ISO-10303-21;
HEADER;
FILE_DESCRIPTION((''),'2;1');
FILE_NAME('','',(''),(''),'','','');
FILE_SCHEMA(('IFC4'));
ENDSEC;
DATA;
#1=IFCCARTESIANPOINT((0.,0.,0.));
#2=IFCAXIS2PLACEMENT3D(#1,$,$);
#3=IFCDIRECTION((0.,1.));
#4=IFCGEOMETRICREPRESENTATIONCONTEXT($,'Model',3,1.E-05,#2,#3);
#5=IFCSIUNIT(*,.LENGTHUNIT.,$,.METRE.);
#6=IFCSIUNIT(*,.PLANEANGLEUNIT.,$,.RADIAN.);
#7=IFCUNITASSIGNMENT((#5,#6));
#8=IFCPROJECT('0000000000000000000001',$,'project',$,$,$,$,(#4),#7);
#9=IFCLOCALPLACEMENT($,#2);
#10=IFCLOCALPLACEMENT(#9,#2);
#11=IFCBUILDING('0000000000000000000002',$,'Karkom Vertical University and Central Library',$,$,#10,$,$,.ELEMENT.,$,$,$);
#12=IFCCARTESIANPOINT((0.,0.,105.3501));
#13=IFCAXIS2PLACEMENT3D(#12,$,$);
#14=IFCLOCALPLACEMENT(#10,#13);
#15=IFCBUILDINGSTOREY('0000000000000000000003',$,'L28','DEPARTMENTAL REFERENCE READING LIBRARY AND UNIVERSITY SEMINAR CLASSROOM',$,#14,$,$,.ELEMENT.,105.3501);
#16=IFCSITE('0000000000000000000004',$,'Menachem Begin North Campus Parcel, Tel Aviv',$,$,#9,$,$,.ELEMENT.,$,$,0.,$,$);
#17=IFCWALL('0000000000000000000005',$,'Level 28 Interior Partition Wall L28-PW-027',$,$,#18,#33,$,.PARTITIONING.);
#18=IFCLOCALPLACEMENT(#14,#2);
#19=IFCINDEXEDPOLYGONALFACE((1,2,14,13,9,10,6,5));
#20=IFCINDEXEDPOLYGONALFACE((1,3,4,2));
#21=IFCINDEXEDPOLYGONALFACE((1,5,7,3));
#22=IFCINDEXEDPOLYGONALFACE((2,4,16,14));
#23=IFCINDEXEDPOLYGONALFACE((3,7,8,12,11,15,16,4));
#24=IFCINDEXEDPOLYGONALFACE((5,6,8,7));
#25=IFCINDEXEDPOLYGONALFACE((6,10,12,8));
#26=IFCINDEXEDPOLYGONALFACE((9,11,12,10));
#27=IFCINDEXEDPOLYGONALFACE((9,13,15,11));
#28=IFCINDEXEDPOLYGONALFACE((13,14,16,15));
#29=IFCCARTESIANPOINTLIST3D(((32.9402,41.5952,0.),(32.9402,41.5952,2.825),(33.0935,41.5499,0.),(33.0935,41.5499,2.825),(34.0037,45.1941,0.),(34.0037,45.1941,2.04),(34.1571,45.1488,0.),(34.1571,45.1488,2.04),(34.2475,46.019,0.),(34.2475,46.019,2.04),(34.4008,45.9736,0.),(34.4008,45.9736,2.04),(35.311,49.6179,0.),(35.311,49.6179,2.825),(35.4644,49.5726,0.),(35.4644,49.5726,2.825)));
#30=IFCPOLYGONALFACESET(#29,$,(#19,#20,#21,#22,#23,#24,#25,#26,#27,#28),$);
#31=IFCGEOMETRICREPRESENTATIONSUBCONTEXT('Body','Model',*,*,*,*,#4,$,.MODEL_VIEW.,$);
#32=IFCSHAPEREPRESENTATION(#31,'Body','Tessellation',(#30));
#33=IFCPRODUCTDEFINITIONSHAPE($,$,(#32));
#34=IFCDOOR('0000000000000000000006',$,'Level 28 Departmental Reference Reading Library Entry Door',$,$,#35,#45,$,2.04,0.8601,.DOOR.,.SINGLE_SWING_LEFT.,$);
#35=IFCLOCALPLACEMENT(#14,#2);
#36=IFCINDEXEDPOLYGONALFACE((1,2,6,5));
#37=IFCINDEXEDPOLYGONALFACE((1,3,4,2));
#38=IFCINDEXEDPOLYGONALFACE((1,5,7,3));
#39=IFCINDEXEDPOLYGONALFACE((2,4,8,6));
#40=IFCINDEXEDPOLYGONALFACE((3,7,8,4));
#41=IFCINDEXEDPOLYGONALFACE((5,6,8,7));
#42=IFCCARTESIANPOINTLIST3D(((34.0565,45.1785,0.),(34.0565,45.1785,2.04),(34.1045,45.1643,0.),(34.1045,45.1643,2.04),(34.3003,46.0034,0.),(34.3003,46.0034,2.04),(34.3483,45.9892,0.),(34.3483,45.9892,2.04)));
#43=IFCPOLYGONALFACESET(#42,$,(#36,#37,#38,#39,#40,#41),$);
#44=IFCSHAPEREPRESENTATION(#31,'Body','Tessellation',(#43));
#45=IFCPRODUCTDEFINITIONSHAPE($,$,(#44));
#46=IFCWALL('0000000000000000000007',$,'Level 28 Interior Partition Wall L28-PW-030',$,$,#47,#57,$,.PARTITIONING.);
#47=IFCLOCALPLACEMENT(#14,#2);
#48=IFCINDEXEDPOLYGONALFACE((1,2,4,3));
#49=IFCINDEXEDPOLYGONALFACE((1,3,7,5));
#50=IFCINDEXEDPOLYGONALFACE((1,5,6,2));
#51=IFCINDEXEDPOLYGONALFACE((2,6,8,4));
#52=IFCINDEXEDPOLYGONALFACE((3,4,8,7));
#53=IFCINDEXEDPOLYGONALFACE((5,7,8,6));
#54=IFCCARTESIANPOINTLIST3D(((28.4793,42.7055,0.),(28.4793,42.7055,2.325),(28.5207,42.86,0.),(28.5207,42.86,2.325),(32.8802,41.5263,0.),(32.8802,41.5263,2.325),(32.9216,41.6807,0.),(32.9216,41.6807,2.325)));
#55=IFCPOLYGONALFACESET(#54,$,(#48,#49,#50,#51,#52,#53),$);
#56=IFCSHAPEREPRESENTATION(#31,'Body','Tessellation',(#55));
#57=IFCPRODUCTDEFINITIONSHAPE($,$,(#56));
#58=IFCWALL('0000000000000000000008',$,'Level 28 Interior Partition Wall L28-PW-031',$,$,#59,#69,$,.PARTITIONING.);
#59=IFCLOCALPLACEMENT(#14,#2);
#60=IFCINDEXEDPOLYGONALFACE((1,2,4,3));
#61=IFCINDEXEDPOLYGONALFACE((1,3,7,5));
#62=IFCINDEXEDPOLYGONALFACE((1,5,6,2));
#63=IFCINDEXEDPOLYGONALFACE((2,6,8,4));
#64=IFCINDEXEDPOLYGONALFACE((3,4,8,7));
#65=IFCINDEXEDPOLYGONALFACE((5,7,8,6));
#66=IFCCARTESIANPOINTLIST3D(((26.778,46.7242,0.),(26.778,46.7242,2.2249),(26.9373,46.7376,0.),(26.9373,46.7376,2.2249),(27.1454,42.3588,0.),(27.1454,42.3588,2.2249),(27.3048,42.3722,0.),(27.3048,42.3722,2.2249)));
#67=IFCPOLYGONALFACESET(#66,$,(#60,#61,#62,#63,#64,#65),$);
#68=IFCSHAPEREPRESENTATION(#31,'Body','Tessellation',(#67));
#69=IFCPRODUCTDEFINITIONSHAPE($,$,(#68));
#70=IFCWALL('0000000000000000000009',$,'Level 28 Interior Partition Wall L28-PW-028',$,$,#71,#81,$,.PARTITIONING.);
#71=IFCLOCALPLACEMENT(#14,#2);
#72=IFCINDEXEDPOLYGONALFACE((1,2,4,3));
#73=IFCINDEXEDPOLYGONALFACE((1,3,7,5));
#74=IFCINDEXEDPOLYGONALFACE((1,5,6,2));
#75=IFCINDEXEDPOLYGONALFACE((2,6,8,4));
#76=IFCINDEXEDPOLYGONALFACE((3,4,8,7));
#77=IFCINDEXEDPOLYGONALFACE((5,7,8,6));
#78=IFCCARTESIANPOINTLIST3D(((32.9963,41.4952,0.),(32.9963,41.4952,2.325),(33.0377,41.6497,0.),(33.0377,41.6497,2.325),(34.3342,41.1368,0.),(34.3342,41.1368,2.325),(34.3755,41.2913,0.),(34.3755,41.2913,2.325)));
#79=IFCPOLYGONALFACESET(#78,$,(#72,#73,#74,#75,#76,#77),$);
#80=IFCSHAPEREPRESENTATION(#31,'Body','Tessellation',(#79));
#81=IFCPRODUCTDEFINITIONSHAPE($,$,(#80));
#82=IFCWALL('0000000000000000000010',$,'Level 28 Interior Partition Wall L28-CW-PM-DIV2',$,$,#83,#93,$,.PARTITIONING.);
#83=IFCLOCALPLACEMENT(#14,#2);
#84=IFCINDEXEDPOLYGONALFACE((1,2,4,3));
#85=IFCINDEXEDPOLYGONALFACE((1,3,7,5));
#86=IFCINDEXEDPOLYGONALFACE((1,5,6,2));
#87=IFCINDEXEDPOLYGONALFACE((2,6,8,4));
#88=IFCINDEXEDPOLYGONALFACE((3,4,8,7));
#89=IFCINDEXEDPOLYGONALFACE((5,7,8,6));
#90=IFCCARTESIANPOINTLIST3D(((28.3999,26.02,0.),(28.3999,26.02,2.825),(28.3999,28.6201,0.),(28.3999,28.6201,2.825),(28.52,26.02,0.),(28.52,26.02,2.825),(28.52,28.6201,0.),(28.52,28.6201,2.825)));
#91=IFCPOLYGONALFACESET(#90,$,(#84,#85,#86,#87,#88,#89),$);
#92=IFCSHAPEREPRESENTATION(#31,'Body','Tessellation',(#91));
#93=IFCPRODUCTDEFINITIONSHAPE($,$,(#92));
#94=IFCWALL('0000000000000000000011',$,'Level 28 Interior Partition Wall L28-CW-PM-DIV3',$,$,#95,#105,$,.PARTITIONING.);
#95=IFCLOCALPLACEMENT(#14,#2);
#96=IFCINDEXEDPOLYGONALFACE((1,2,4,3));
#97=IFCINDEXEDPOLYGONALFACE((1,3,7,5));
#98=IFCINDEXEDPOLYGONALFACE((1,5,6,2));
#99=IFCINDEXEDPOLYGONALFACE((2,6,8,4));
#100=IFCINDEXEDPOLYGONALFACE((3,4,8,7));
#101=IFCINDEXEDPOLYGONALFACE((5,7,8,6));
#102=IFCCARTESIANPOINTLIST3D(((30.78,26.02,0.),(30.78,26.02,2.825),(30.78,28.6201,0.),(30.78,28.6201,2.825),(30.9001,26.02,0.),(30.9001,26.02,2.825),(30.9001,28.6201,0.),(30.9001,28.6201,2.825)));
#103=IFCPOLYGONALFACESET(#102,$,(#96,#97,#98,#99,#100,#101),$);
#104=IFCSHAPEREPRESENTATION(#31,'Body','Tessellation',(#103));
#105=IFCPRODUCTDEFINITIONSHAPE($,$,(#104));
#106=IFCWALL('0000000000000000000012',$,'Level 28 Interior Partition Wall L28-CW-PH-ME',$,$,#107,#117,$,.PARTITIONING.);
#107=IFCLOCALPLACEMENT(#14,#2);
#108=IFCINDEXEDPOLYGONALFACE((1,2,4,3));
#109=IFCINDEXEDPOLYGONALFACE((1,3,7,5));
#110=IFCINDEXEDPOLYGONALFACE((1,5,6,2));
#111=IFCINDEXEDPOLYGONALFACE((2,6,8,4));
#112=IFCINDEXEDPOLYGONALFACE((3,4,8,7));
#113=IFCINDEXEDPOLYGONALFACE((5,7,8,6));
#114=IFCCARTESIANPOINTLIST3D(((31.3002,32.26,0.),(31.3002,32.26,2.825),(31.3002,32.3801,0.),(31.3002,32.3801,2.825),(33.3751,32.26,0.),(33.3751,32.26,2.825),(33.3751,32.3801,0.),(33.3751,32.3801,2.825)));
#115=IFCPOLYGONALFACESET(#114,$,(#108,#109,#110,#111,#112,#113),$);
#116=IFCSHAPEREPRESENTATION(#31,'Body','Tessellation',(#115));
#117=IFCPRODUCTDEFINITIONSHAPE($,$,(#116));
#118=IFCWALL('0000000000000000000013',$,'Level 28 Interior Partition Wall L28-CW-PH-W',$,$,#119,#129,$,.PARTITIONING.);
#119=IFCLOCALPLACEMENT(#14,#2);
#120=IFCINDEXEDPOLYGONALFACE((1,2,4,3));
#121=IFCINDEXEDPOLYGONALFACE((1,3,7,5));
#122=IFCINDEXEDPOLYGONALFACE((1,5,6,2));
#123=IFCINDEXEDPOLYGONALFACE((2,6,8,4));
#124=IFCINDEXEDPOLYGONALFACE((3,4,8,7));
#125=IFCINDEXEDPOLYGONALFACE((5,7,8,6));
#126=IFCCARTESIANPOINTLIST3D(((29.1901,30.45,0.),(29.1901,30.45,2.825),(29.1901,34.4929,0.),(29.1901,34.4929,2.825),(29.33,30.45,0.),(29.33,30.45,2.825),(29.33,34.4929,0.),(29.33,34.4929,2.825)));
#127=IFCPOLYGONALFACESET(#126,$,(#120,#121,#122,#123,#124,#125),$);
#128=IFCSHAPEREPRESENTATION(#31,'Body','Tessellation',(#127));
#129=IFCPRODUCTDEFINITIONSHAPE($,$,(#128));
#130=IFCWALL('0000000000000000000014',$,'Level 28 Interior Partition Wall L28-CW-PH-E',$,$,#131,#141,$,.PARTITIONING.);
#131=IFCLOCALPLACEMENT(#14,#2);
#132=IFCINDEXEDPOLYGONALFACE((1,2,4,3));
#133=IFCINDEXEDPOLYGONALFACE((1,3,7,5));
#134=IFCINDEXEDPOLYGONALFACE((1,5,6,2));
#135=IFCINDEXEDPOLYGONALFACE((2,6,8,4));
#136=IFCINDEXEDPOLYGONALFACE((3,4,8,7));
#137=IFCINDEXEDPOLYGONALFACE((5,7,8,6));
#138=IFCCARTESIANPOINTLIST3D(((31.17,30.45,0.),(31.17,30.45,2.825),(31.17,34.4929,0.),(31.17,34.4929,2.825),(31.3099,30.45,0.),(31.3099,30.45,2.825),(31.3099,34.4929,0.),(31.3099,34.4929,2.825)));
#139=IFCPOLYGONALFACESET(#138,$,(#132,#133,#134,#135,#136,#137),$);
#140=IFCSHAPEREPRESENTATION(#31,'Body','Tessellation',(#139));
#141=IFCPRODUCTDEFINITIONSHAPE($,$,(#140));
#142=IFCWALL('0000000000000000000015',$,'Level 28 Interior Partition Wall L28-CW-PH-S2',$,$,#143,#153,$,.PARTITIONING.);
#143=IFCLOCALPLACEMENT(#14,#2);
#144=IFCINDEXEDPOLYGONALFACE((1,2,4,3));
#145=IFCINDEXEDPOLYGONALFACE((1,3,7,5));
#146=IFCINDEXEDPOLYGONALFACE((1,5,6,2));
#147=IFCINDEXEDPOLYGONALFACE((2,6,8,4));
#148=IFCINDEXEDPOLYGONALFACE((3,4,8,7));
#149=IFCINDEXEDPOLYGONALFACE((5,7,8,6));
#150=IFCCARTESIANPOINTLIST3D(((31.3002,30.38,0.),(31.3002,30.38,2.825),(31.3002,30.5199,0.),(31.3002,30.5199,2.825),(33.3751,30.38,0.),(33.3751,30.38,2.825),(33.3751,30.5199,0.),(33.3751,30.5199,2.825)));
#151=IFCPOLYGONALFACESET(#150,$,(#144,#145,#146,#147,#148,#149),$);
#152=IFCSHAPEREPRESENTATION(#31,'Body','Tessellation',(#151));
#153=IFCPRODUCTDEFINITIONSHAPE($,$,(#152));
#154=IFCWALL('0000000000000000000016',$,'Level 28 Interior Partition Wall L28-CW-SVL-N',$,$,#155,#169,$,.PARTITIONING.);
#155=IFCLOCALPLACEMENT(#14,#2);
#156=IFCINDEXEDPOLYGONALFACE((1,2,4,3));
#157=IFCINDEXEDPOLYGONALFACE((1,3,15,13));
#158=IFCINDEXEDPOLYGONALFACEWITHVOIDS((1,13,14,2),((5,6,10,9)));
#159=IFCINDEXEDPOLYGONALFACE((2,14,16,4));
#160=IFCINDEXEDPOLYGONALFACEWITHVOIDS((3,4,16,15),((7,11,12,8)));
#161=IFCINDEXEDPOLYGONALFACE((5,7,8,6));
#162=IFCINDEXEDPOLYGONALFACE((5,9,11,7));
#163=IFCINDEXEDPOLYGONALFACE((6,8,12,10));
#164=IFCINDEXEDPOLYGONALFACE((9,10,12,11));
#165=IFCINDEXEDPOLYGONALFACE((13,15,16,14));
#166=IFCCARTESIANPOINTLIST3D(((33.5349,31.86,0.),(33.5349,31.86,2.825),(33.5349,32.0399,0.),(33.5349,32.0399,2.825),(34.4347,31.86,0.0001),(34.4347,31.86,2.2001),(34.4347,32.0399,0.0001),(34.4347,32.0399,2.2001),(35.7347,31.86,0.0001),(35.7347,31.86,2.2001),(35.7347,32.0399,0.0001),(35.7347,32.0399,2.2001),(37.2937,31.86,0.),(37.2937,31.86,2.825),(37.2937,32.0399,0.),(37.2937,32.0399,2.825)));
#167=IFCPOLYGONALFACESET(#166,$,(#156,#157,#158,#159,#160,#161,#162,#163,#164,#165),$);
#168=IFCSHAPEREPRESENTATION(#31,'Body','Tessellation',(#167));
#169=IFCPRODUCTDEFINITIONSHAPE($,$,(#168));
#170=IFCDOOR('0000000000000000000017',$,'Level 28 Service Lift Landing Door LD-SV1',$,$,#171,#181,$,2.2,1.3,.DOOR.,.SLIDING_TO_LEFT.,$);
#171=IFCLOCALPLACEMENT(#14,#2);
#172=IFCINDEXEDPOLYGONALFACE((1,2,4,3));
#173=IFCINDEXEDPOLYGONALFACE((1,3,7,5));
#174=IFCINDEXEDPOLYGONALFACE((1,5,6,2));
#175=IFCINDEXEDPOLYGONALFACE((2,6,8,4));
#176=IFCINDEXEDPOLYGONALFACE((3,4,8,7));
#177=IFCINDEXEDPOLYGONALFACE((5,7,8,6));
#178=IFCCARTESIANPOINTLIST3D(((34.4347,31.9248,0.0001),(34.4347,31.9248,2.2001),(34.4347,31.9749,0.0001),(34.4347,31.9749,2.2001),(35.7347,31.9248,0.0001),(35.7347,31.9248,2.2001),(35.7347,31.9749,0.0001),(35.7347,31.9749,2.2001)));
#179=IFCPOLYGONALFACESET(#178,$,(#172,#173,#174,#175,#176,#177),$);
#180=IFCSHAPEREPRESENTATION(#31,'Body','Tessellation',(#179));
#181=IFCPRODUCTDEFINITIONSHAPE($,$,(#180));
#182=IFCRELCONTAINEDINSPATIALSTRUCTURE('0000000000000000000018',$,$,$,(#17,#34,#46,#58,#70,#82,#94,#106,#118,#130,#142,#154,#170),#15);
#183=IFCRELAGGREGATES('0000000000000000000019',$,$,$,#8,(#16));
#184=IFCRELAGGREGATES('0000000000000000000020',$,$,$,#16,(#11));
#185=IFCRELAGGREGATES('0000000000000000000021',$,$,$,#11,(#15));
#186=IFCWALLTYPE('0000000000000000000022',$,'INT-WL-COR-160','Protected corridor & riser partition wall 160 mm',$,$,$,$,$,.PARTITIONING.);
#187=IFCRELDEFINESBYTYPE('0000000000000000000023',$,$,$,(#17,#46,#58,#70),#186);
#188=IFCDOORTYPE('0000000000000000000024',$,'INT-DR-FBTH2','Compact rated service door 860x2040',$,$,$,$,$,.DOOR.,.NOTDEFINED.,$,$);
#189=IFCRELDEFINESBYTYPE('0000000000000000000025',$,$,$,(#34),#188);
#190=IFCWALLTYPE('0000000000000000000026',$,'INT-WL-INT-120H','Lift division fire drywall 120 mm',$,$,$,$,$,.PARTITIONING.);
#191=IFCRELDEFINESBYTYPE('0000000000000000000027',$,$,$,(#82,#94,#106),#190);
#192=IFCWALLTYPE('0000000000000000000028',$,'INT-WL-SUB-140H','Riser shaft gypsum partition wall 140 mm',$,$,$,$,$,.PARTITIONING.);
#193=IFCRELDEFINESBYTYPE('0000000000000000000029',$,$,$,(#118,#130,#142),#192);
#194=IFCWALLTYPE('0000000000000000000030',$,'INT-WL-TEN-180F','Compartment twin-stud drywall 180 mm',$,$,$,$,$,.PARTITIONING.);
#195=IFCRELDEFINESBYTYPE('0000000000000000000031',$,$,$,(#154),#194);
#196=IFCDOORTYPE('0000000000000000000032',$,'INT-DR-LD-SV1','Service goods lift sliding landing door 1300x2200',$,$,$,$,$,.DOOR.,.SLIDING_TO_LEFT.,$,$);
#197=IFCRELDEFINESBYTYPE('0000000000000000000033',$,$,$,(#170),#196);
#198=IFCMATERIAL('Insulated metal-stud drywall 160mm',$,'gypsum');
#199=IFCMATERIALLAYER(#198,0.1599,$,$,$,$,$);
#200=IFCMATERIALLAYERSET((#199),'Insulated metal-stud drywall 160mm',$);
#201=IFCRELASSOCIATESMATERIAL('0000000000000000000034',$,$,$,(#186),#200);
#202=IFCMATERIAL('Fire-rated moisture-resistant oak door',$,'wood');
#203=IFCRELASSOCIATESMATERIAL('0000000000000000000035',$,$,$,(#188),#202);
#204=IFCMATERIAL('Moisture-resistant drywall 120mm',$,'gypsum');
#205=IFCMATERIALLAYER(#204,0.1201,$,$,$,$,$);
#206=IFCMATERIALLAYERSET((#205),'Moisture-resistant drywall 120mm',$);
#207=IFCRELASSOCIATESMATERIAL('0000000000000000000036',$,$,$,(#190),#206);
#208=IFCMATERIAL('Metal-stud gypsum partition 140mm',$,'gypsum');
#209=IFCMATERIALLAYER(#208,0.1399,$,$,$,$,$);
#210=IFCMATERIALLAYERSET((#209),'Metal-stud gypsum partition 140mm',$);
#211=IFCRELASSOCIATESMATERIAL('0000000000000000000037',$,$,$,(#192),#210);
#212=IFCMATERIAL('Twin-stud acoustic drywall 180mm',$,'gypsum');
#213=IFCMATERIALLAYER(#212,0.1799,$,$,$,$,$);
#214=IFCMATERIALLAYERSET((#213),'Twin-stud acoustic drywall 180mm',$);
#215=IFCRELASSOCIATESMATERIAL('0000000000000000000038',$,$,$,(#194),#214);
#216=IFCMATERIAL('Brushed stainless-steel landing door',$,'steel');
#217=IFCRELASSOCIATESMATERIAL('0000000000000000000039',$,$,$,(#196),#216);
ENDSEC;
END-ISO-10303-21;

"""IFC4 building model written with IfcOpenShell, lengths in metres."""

from ifc_helpers import new_model, si_unit, direction, frame, frame_2d, origin, origin_with_axes, place, context, subcontext, project, spatial, rectangle, extrude, source, transform, mapped, material, layer, layer_set, type_object, element, fill, save


model = new_model("IFC4")

# Units and contexts
model_context = context("Model", 3, precision=1e-05, world=origin(), true_north=direction((0.0, 1.0)))
body_context = subcontext(model_context, "Body", "Model", "MODEL_VIEW")
ifc_project = project(units=[si_unit("LENGTHUNIT", "METRE"), si_unit("PLANEANGLEUNIT", "RADIAN")], contexts=[model_context])

# Site, building, storey
site_placement = place(None, origin())
site = spatial("IfcSite", under=ifc_project, at=site_placement, Name="Menachem Begin North Campus Parcel, Tel Aviv", CompositionType="ELEMENT", RefElevation=0.0)
building_placement = place(site_placement, origin())
building = spatial("IfcBuilding", under=site, at=building_placement, Name="Karkom Vertical University and Central Library", CompositionType="ELEMENT")
storey_placement = place(building_placement, frame((0.0, 0.0, 105.3501)))
storey = spatial("IfcBuildingStorey", under=building, at=storey_placement, Name="L28", Description="DEPARTMENTAL REFERENCE READING LIBRARY AND UNIVERSITY SEMINAR CLASSROOM", CompositionType="ELEMENT", Elevation=105.3501)

# Shared definitions
ifc_material_1 = material(Name="Insulated metal-stud drywall 160mm", Category="gypsum")
ifc_layer_1 = layer(ifc_material_1, 0.1599)
ifc_layer_set_1 = layer_set([ifc_layer_1], Name="Insulated metal-stud drywall 160mm")
wall_type_1 = type_object("IfcWallType", Name="INT-WL-COR-160", Description="Protected corridor & riser partition wall 160 mm", PredefinedType="PARTITIONING", material=ifc_layer_set_1)

# Wall, opening, door
wall_1_placement = place(storey_placement, frame((33.0168, 41.5725, 0.0), z_axis=(0.0, 0.0, 1.0), x_axis=(0.283402, 0.959001, 0.0)))
wall_1 = element("IfcWall", 1, at=wall_1_placement, inside=storey, type_object=wall_type_1, Name="Level 28 Interior Partition Wall L28-PW-027", PredefinedType="PARTITIONING", context=body_context, shape_type="SweptSolid", body=[
    extrude(rectangle(XDim=8.3657, YDim=0.1599, at=frame_2d((4.1829, 0.0))), origin(), (0.0, 0.0, 1.0), 2.825),
])
opening_1_placement = place(wall_1_placement, frame((3.7527, 0.0, 0.0)))
opening_1 = element("IfcOpeningElement", 2, at=opening_1_placement, cuts=wall_1, PredefinedType="OPENING", context=body_context, shape_type="SweptSolid", body=[
    extrude(rectangle(XDim=0.8601, YDim=2.04, at=frame_2d((0.4302, 1.02))), frame((0.0, 0.0898, 0.0), z_axis=(0.0, -1.0, 0.0), x_axis=(1.0, 0.0, 0.0)), (0.0, 0.0, 1.0), 0.1799),
])
ifc_material_2 = material(Name="Fire-rated moisture-resistant oak door", Category="wood")
door_type_1 = type_object("IfcDoorType", Name="INT-DR-FBTH2", Description="Compact rated service door 860x2040", OperationType="NOTDEFINED", PredefinedType="DOOR", material=ifc_material_2)
shared_shape_1 = source(origin_with_axes(), body_context, "Body", "SweptSolid", [
    extrude(rectangle(XDim=0.8601, YDim=2.04, at=frame_2d((0.4302, 1.02))), frame((0.0, 0.0249, 0.0), z_axis=(0.0, -1.0, 0.0), x_axis=(1.0, 0.0, 0.0)), (0.0, 0.0, 1.0), 0.05),
])
door_1_placement = place(opening_1_placement, origin())
door_1 = element("IfcDoor", 3, at=door_1_placement, inside=storey, type_object=door_type_1, Name="Level 28 Departmental Reference Reading Library Entry Door", OperationType="SINGLE_SWING_LEFT", OverallHeight=2.04, OverallWidth=0.8601, PredefinedType="DOOR", context=body_context, shape_type="MappedRepresentation", body=[
    mapped(shared_shape_1, transform((0.0, 0.0, 0.0), scale=1.0)),
])
fill(opening_1, door_1)

# Walls
wall_2_placement = place(storey_placement, frame((32.9009, 41.6035, 0.0), z_axis=(0.0, 0.0, 1.0), x_axis=(-0.965927, 0.258816, 0.0)))
element("IfcWall", 4, at=wall_2_placement, inside=storey, type_object=wall_type_1, Name="Level 28 Interior Partition Wall L28-PW-030", PredefinedType="PARTITIONING", context=body_context, shape_type="SweptSolid", body=[
    extrude(rectangle(XDim=4.5562, YDim=0.1599, at=frame_2d((2.2781, 0.0))), origin(), (0.0, 0.0, 1.0), 2.325),
])
wall_3_placement = place(storey_placement, frame((27.2251, 42.3655, 0.0), z_axis=(0.0, 0.0, 1.0), x_axis=(-0.083871, 0.996477, 0.0)))
element("IfcWall", 5, at=wall_3_placement, inside=storey, type_object=wall_type_1, Name="Level 28 Interior Partition Wall L28-PW-031", PredefinedType="PARTITIONING", context=body_context, shape_type="SweptSolid", body=[
    extrude(rectangle(XDim=4.3809, YDim=0.1599, at=frame_2d((2.1904, 0.0))), origin(), (0.0, 0.0, 1.0), 2.2249),
])
wall_4_placement = place(storey_placement, frame((34.3547, 41.2141, 0.0), z_axis=(0.0, 0.0, 1.0), x_axis=(-0.965942, 0.25876, 0.0)))
element("IfcWall", 6, at=wall_4_placement, inside=storey, type_object=wall_type_1, Name="Level 28 Interior Partition Wall L28-PW-028", PredefinedType="PARTITIONING", context=body_context, shape_type="SweptSolid", body=[
    extrude(rectangle(XDim=1.385, YDim=0.1599, at=frame_2d((0.6924, 0.0))), origin(), (0.0, 0.0, 1.0), 2.325),
])
ifc_material_3 = material(Name="Moisture-resistant drywall 120mm", Category="gypsum")
ifc_layer_2 = layer(ifc_material_3, 0.1201)
ifc_layer_set_2 = layer_set([ifc_layer_2], Name="Moisture-resistant drywall 120mm")
wall_type_2 = type_object("IfcWallType", Name="INT-WL-INT-120H", Description="Lift division fire drywall 120 mm", PredefinedType="PARTITIONING", material=ifc_layer_set_2)
for number, where, z_axis, x_axis, name in (
    (7, (28.46, 26.02, 0.0), (0.0, 0.0, 1.0), (0.0, 1.0, 0.0), "Level 28 Interior Partition Wall L28-CW-PM-DIV2"),
    (8, (30.8401, 26.02, 0.0), (0.0, 0.0, 1.0), (0.0, 1.0, 0.0), "Level 28 Interior Partition Wall L28-CW-PM-DIV3"),
):
    element("IfcWall", number, at=place(storey_placement, frame(where, z_axis=z_axis, x_axis=x_axis)), inside=storey, type_object=wall_type_2, Name=name, PredefinedType="PARTITIONING", context=body_context, shape_type="SweptSolid", body=[
        extrude(rectangle(XDim=2.6001, YDim=0.1201, at=frame_2d((1.3, 0.0))), origin(), (0.0, 0.0, 1.0), 2.825),
    ])
wall_5_placement = place(storey_placement, frame((31.3, 32.3201, 0.0), z_axis=(0.0, 0.0, 1.0), x_axis=(1.0, 0.0, 0.0)))
element("IfcWall", 9, at=wall_5_placement, inside=storey, type_object=wall_type_2, Name="Level 28 Interior Partition Wall L28-CW-PH-ME", PredefinedType="PARTITIONING", context=body_context, shape_type="SweptSolid", body=[
    extrude(rectangle(XDim=2.075, YDim=0.1201, at=frame_2d((1.0376, 0.0))), origin(), (0.0, 0.0, 1.0), 2.825),
])
ifc_material_4 = material(Name="Metal-stud gypsum partition 140mm", Category="gypsum")
ifc_layer_3 = layer(ifc_material_4, 0.1399)
ifc_layer_set_3 = layer_set([ifc_layer_3], Name="Metal-stud gypsum partition 140mm")
wall_type_3 = type_object("IfcWallType", Name="INT-WL-SUB-140H", Description="Riser shaft gypsum partition wall 140 mm", PredefinedType="PARTITIONING", material=ifc_layer_set_3)
for number, where, z_axis, x_axis, name in (
    (10, (29.26, 30.45, 0.0), (0.0, 0.0, 1.0), (0.0, 1.0, 0.0), "Level 28 Interior Partition Wall L28-CW-PH-W"),
    (11, (31.24, 30.45, 0.0), (0.0, 0.0, 1.0), (0.0, 1.0, 0.0), "Level 28 Interior Partition Wall L28-CW-PH-E"),
):
    element("IfcWall", number, at=place(storey_placement, frame(where, z_axis=z_axis, x_axis=x_axis)), inside=storey, type_object=wall_type_3, Name=name, PredefinedType="PARTITIONING", context=body_context, shape_type="SweptSolid", body=[
        extrude(rectangle(XDim=4.043, YDim=0.1399, at=frame_2d((2.0215, 0.0))), origin(), (0.0, 0.0, 1.0), 2.825),
    ])
wall_6_placement = place(storey_placement, frame((31.3, 30.45, 0.0), z_axis=(0.0, 0.0, 1.0), x_axis=(1.0, 0.0, 0.0)))
element("IfcWall", 12, at=wall_6_placement, inside=storey, type_object=wall_type_3, Name="Level 28 Interior Partition Wall L28-CW-PH-S2", PredefinedType="PARTITIONING", context=body_context, shape_type="SweptSolid", body=[
    extrude(rectangle(XDim=2.075, YDim=0.1399, at=frame_2d((1.0376, 0.0))), origin(), (0.0, 0.0, 1.0), 2.825),
])

# Wall, opening, door
ifc_material_5 = material(Name="Twin-stud acoustic drywall 180mm", Category="gypsum")
ifc_layer_4 = layer(ifc_material_5, 0.1799)
ifc_layer_set_4 = layer_set([ifc_layer_4], Name="Twin-stud acoustic drywall 180mm")
wall_type_4 = type_object("IfcWallType", Name="INT-WL-TEN-180F", Description="Compartment twin-stud drywall 180 mm", PredefinedType="PARTITIONING", material=ifc_layer_set_4)
wall_7_placement = place(storey_placement, frame((33.5349, 31.95, 0.0), z_axis=(0.0, 0.0, 1.0), x_axis=(1.0, 0.0, 0.0)))
wall_7 = element("IfcWall", 13, at=wall_7_placement, inside=storey, type_object=wall_type_4, Name="Level 28 Interior Partition Wall L28-CW-SVL-N", PredefinedType="PARTITIONING", context=body_context, shape_type="SweptSolid", body=[
    extrude(rectangle(XDim=3.7588, YDim=0.1799, at=frame_2d((1.8794, 0.0))), origin(), (0.0, 0.0, 1.0), 2.825),
])
opening_2_placement = place(wall_7_placement, frame((0.8999, 0.0, 0.0)))
opening_2 = element("IfcOpeningElement", 14, at=opening_2_placement, cuts=wall_7, PredefinedType="OPENING", context=body_context, shape_type="SweptSolid", body=[
    extrude(rectangle(XDim=1.3, YDim=2.2, at=frame_2d((0.6499, 1.1001))), frame((0.0, 0.1001, 0.0), z_axis=(0.0, -1.0, 0.0), x_axis=(1.0, 0.0, 0.0)), (0.0, 0.0, 1.0), 0.2),
])
ifc_material_6 = material(Name="Brushed stainless-steel landing door", Category="steel")
door_type_2 = type_object("IfcDoorType", Name="INT-DR-LD-SV1", Description="Service goods lift sliding landing door 1300x2200", OperationType="SLIDING_TO_LEFT", PredefinedType="DOOR", material=ifc_material_6)
shared_shape_2 = source(origin_with_axes(), body_context, "Body", "SweptSolid", [
    extrude(rectangle(XDim=1.3, YDim=2.2, at=frame_2d((0.6499, 1.1001))), frame((0.0, 0.0249, 0.0), z_axis=(0.0, -1.0, 0.0), x_axis=(1.0, 0.0, 0.0)), (0.0, 0.0, 1.0), 0.05),
])
door_2_placement = place(opening_2_placement, origin())
door_2 = element("IfcDoor", 15, at=door_2_placement, inside=storey, type_object=door_type_2, Name="Level 28 Service Lift Landing Door LD-SV1", OperationType="SLIDING_TO_LEFT", OverallHeight=2.2, OverallWidth=1.3, PredefinedType="DOOR", context=body_context, shape_type="MappedRepresentation", body=[
    mapped(shared_shape_2, transform((0.0, 0.0, 0.0), scale=1.0)),
])
fill(opening_2, door_2)

save(model, "model.ifc")
